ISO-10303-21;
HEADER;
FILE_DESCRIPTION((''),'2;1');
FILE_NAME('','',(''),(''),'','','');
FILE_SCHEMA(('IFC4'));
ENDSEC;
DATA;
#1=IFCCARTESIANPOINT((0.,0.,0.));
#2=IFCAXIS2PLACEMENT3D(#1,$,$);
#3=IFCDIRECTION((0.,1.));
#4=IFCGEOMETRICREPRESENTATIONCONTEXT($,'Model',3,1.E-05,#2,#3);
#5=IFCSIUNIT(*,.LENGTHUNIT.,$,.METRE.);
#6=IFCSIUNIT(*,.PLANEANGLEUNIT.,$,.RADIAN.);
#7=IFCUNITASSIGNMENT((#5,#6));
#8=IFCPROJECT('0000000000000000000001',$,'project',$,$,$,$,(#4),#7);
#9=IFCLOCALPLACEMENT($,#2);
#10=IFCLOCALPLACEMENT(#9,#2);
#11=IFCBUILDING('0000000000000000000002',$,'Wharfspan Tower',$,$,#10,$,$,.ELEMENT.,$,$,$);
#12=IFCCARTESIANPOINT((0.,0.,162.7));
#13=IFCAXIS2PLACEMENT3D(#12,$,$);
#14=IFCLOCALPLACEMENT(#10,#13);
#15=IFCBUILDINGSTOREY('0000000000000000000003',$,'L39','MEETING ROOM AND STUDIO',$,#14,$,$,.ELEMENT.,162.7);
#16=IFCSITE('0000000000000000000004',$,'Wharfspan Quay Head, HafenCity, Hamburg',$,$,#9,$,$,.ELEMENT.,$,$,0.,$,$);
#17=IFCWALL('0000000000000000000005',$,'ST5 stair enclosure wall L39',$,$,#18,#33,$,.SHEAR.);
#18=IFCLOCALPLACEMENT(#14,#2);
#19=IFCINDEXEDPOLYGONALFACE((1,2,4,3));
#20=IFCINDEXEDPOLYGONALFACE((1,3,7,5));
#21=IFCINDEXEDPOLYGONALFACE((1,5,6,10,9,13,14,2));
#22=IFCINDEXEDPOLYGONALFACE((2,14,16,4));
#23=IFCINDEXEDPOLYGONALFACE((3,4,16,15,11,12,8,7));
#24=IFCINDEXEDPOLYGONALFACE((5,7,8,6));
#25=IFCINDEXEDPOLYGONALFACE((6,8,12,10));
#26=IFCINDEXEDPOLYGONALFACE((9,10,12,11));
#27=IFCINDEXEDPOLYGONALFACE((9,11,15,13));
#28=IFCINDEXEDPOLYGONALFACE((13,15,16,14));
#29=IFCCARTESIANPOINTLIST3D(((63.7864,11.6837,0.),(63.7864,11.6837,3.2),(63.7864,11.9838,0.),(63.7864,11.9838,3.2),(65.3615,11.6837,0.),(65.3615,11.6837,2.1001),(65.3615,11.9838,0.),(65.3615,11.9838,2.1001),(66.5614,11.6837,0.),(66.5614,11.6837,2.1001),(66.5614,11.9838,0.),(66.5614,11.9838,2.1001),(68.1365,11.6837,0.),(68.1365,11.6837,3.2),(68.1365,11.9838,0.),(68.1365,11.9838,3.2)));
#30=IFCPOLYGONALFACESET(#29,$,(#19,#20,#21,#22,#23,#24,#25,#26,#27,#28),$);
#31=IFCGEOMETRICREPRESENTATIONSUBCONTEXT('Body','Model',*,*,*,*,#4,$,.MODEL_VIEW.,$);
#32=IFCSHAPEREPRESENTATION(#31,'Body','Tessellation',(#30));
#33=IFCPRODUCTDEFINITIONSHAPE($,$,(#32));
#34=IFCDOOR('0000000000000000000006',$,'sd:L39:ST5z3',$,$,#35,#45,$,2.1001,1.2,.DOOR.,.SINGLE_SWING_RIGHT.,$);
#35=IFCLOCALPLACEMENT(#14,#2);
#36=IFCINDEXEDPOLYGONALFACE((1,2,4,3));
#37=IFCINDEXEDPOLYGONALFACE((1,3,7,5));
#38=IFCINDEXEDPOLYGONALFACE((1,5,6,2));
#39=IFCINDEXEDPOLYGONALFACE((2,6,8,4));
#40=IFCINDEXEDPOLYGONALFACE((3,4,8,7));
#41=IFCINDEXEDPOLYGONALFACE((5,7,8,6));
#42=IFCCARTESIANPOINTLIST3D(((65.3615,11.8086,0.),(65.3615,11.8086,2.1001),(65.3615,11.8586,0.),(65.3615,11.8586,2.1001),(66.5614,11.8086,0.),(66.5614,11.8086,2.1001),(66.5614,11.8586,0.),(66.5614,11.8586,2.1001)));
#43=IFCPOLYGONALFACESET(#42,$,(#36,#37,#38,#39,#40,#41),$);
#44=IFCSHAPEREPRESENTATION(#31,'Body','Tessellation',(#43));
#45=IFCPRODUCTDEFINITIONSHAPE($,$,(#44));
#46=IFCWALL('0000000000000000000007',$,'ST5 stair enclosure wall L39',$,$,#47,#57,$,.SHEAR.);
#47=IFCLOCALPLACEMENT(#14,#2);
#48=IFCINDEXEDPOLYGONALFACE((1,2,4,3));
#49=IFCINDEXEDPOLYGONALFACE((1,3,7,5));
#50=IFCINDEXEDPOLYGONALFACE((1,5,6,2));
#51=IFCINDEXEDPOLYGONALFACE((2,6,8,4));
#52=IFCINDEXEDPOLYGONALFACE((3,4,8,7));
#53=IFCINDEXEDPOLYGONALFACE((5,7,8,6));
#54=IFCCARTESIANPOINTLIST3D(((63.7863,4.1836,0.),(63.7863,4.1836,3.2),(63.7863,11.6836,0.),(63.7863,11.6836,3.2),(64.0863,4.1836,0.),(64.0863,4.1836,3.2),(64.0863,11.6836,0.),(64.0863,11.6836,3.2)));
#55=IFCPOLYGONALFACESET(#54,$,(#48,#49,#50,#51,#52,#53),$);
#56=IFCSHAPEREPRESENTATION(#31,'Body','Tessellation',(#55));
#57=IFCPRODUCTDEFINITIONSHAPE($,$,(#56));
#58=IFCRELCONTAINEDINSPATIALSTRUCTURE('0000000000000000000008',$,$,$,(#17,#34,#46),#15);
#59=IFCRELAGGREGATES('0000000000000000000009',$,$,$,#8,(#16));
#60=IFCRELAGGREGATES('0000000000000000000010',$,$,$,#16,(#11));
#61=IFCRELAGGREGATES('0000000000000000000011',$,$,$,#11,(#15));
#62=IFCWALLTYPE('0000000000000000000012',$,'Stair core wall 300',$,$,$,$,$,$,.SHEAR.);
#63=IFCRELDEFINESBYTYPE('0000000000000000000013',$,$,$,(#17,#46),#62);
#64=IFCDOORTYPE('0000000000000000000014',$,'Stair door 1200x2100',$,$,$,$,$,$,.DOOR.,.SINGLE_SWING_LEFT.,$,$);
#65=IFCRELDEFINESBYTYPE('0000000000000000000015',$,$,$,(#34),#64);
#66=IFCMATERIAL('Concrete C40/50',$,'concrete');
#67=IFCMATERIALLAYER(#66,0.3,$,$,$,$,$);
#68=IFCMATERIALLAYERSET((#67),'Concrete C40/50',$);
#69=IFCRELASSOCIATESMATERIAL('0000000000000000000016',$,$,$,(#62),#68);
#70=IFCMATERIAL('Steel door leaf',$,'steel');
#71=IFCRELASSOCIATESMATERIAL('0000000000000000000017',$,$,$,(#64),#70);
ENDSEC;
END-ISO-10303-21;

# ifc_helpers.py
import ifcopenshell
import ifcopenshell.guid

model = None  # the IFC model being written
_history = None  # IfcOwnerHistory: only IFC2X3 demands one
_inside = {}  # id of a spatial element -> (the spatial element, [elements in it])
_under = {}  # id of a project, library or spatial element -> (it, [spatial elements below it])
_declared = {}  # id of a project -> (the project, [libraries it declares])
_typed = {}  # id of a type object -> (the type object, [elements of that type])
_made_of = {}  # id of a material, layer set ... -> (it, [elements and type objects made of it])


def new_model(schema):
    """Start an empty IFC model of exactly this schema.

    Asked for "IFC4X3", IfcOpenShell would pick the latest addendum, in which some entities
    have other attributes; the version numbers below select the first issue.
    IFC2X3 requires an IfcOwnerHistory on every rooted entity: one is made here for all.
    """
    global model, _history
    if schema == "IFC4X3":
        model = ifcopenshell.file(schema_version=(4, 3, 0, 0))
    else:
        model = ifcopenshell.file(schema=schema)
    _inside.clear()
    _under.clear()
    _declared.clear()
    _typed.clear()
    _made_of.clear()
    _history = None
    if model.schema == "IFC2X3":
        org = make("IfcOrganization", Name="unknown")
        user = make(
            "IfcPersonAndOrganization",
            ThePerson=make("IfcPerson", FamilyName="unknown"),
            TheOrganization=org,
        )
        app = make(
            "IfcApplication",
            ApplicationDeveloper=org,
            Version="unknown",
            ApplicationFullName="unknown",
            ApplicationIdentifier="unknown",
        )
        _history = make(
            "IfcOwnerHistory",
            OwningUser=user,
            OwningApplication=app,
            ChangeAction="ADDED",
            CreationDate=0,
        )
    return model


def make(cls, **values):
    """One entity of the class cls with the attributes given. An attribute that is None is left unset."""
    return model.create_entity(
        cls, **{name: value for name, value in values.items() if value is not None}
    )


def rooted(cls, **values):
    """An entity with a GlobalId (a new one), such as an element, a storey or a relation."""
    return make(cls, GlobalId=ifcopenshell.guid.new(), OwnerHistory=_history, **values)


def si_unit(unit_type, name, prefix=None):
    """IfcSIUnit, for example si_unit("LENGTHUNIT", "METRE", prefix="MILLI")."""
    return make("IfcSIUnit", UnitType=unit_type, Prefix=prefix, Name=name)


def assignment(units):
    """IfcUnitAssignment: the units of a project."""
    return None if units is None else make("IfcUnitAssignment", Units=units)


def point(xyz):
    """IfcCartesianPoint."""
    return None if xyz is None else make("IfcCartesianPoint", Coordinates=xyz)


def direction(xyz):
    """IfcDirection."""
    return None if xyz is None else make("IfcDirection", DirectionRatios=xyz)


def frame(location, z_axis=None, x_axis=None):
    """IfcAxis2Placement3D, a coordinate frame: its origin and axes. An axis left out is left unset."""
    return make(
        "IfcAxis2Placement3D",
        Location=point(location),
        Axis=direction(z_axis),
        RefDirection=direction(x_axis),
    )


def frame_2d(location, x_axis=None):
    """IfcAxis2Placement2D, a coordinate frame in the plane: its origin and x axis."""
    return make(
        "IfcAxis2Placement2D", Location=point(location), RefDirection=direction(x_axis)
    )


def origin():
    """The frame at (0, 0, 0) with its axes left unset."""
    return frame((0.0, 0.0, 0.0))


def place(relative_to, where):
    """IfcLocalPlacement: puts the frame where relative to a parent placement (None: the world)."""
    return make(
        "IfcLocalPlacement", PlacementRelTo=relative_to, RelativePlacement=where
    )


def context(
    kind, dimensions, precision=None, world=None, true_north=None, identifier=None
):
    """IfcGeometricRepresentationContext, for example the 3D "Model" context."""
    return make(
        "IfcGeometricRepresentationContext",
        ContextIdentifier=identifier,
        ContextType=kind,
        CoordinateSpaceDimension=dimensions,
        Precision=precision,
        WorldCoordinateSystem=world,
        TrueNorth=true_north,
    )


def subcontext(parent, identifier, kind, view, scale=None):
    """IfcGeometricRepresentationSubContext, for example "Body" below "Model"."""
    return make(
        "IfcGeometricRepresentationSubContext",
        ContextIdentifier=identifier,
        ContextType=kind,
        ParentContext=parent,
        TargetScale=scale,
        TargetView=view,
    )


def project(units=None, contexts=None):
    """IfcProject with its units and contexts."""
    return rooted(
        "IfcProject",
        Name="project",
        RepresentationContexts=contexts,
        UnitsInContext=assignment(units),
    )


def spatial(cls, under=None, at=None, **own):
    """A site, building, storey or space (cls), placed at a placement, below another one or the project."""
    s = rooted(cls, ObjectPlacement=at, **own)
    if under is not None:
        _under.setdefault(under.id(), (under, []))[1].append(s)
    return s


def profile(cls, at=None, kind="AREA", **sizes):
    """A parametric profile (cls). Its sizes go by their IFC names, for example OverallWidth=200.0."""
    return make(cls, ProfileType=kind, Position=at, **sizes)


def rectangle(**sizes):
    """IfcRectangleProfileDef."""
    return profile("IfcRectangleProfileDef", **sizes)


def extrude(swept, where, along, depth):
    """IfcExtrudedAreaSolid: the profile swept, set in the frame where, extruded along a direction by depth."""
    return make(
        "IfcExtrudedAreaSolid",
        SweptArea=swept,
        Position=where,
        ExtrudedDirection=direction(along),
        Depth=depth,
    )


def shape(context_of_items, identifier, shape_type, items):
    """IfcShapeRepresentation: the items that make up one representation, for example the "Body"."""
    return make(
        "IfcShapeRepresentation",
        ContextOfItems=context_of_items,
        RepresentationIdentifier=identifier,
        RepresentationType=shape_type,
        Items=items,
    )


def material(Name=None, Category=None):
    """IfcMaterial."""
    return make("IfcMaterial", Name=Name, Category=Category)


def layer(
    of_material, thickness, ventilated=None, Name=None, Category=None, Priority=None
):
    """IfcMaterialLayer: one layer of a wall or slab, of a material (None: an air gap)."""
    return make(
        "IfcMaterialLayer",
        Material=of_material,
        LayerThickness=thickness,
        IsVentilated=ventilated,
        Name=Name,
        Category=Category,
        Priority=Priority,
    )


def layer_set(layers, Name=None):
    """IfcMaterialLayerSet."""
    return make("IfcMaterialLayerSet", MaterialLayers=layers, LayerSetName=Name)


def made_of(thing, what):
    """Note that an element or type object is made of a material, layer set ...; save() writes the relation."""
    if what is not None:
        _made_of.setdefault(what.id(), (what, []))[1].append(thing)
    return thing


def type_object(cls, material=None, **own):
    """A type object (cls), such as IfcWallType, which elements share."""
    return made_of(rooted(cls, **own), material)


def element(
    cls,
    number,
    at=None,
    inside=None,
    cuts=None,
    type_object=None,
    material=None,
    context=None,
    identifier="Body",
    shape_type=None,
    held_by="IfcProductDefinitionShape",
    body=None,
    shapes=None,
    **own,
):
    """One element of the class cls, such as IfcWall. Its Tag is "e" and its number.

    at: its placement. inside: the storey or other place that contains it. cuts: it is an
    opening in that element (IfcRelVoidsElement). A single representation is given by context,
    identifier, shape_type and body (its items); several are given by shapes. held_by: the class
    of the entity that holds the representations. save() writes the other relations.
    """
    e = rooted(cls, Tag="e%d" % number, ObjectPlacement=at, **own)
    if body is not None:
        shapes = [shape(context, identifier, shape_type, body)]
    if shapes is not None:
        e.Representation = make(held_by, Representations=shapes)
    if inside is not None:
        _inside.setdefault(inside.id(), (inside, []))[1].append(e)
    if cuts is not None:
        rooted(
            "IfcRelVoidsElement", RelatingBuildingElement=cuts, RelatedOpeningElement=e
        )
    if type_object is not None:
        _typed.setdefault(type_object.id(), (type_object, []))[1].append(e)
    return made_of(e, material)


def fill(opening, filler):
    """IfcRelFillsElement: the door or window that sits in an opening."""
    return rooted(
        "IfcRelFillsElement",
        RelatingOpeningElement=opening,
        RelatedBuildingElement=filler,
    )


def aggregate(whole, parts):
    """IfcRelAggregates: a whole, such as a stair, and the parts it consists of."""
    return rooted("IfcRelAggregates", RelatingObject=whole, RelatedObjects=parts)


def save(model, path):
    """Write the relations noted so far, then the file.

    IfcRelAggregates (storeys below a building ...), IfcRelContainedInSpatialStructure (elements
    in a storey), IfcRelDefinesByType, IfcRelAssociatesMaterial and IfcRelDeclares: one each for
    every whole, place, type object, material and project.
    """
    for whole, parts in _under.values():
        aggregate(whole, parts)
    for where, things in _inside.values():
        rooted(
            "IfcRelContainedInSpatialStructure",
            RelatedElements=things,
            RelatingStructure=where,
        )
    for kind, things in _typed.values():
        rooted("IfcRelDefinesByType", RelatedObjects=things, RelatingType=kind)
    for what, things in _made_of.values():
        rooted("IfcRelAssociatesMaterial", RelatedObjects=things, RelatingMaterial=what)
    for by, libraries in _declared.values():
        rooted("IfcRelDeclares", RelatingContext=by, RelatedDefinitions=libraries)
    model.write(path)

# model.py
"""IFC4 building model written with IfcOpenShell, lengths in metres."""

from ifc_helpers import new_model, si_unit, direction, frame, frame_2d, origin, place, context, subcontext, project, spatial, rectangle, extrude, material, layer, layer_set, type_object, element, fill, save


model = new_model("IFC4")

# Units and contexts
model_context = context("Model", 3, precision=1e-05, world=origin(), true_north=direction((0.0, 1.0)))
body_context = subcontext(model_context, "Body", "Model", "MODEL_VIEW")
ifc_project = project(units=[si_unit("LENGTHUNIT", "METRE"), si_unit("PLANEANGLEUNIT", "RADIAN")], contexts=[model_context])

# Site, building, storey
site_placement = place(None, origin())
site = spatial("IfcSite", under=ifc_project, at=site_placement, Name="Wharfspan Quay Head, HafenCity, Hamburg", CompositionType="ELEMENT", RefElevation=0.0)
building_placement = place(site_placement, origin())
building = spatial("IfcBuilding", under=site, at=building_placement, Name="Wharfspan Tower", CompositionType="ELEMENT")
storey_placement = place(building_placement, frame((0.0, 0.0, 162.7)))
storey = spatial("IfcBuildingStorey", under=building, at=storey_placement, Name="L39", Description="MEETING ROOM AND STUDIO", CompositionType="ELEMENT", Elevation=162.7)

# Wall, opening, door
ifc_material_1 = material(Name="Concrete C40/50", Category="concrete")
ifc_layer_1 = layer(ifc_material_1, 0.3)
ifc_layer_set_1 = layer_set([ifc_layer_1], Name="Concrete C40/50")
wall_type_1 = type_object("IfcWallType", Name="Stair core wall 300", PredefinedType="SHEAR", material=ifc_layer_set_1)
wall_1_placement = place(storey_placement, frame((63.7864, 11.8337, 0.0), z_axis=(0.0, 0.0, 1.0), x_axis=(1.0, 0.0, 0.0)))
wall_1 = element("IfcWall", 1, at=wall_1_placement, inside=storey, type_object=wall_type_1, Name="ST5 stair enclosure wall L39", PredefinedType="SHEAR", context=body_context, shape_type="SweptSolid", body=[
    extrude(rectangle(XDim=4.3501, YDim=0.3, at=frame_2d((2.175, 0.0))), origin(), (0.0, 0.0, 1.0), 3.2),
])
opening_placement = place(wall_1_placement, frame((1.575, 0.0, 0.0)))
opening = element("IfcOpeningElement", 2, at=opening_placement, cuts=wall_1, PredefinedType="OPENING", context=body_context, shape_type="SweptSolid", body=[
    extrude(rectangle(XDim=1.2, YDim=2.1001, at=frame_2d((0.6001, 1.05))), frame((0.0, 0.1599, 0.0), z_axis=(0.0, -1.0, 0.0), x_axis=(1.0, 0.0, 0.0)), (0.0, 0.0, 1.0), 0.3201),
])
ifc_material_2 = material(Name="Steel door leaf", Category="steel")
door_type = type_object("IfcDoorType", Name="Stair door 1200x2100", OperationType="SINGLE_SWING_LEFT", PredefinedType="DOOR", material=ifc_material_2)
door_placement = place(opening_placement, origin())
door = element("IfcDoor", 3, at=door_placement, inside=storey, type_object=door_type, Name="sd:L39:ST5z3", OperationType="SINGLE_SWING_RIGHT", OverallHeight=2.1001, OverallWidth=1.2, PredefinedType="DOOR", context=body_context, shape_type="SweptSolid", body=[
    extrude(rectangle(XDim=1.2, YDim=2.1001, at=frame_2d((0.6001, 1.05))), frame((0.0, 0.0249, 0.0), z_axis=(0.0, -1.0, 0.0), x_axis=(1.0, 0.0, 0.0)), (0.0, 0.0, 1.0), 0.05),
])
fill(opening, door)

# Wall
wall_2_placement = place(storey_placement, frame((63.9363, 4.1836, 0.0), z_axis=(0.0, 0.0, 1.0), x_axis=(0.0, 1.0, 0.0)))
element("IfcWall", 4, at=wall_2_placement, inside=storey, type_object=wall_type_1, Name="ST5 stair enclosure wall L39", PredefinedType="SHEAR", context=body_context, shape_type="SweptSolid", body=[
    extrude(rectangle(XDim=7.5, YDim=0.3, at=frame_2d((3.75, 0.0))), origin(), (0.0, 0.0, 1.0), 3.2),
])

save(model, "model.ifc")
